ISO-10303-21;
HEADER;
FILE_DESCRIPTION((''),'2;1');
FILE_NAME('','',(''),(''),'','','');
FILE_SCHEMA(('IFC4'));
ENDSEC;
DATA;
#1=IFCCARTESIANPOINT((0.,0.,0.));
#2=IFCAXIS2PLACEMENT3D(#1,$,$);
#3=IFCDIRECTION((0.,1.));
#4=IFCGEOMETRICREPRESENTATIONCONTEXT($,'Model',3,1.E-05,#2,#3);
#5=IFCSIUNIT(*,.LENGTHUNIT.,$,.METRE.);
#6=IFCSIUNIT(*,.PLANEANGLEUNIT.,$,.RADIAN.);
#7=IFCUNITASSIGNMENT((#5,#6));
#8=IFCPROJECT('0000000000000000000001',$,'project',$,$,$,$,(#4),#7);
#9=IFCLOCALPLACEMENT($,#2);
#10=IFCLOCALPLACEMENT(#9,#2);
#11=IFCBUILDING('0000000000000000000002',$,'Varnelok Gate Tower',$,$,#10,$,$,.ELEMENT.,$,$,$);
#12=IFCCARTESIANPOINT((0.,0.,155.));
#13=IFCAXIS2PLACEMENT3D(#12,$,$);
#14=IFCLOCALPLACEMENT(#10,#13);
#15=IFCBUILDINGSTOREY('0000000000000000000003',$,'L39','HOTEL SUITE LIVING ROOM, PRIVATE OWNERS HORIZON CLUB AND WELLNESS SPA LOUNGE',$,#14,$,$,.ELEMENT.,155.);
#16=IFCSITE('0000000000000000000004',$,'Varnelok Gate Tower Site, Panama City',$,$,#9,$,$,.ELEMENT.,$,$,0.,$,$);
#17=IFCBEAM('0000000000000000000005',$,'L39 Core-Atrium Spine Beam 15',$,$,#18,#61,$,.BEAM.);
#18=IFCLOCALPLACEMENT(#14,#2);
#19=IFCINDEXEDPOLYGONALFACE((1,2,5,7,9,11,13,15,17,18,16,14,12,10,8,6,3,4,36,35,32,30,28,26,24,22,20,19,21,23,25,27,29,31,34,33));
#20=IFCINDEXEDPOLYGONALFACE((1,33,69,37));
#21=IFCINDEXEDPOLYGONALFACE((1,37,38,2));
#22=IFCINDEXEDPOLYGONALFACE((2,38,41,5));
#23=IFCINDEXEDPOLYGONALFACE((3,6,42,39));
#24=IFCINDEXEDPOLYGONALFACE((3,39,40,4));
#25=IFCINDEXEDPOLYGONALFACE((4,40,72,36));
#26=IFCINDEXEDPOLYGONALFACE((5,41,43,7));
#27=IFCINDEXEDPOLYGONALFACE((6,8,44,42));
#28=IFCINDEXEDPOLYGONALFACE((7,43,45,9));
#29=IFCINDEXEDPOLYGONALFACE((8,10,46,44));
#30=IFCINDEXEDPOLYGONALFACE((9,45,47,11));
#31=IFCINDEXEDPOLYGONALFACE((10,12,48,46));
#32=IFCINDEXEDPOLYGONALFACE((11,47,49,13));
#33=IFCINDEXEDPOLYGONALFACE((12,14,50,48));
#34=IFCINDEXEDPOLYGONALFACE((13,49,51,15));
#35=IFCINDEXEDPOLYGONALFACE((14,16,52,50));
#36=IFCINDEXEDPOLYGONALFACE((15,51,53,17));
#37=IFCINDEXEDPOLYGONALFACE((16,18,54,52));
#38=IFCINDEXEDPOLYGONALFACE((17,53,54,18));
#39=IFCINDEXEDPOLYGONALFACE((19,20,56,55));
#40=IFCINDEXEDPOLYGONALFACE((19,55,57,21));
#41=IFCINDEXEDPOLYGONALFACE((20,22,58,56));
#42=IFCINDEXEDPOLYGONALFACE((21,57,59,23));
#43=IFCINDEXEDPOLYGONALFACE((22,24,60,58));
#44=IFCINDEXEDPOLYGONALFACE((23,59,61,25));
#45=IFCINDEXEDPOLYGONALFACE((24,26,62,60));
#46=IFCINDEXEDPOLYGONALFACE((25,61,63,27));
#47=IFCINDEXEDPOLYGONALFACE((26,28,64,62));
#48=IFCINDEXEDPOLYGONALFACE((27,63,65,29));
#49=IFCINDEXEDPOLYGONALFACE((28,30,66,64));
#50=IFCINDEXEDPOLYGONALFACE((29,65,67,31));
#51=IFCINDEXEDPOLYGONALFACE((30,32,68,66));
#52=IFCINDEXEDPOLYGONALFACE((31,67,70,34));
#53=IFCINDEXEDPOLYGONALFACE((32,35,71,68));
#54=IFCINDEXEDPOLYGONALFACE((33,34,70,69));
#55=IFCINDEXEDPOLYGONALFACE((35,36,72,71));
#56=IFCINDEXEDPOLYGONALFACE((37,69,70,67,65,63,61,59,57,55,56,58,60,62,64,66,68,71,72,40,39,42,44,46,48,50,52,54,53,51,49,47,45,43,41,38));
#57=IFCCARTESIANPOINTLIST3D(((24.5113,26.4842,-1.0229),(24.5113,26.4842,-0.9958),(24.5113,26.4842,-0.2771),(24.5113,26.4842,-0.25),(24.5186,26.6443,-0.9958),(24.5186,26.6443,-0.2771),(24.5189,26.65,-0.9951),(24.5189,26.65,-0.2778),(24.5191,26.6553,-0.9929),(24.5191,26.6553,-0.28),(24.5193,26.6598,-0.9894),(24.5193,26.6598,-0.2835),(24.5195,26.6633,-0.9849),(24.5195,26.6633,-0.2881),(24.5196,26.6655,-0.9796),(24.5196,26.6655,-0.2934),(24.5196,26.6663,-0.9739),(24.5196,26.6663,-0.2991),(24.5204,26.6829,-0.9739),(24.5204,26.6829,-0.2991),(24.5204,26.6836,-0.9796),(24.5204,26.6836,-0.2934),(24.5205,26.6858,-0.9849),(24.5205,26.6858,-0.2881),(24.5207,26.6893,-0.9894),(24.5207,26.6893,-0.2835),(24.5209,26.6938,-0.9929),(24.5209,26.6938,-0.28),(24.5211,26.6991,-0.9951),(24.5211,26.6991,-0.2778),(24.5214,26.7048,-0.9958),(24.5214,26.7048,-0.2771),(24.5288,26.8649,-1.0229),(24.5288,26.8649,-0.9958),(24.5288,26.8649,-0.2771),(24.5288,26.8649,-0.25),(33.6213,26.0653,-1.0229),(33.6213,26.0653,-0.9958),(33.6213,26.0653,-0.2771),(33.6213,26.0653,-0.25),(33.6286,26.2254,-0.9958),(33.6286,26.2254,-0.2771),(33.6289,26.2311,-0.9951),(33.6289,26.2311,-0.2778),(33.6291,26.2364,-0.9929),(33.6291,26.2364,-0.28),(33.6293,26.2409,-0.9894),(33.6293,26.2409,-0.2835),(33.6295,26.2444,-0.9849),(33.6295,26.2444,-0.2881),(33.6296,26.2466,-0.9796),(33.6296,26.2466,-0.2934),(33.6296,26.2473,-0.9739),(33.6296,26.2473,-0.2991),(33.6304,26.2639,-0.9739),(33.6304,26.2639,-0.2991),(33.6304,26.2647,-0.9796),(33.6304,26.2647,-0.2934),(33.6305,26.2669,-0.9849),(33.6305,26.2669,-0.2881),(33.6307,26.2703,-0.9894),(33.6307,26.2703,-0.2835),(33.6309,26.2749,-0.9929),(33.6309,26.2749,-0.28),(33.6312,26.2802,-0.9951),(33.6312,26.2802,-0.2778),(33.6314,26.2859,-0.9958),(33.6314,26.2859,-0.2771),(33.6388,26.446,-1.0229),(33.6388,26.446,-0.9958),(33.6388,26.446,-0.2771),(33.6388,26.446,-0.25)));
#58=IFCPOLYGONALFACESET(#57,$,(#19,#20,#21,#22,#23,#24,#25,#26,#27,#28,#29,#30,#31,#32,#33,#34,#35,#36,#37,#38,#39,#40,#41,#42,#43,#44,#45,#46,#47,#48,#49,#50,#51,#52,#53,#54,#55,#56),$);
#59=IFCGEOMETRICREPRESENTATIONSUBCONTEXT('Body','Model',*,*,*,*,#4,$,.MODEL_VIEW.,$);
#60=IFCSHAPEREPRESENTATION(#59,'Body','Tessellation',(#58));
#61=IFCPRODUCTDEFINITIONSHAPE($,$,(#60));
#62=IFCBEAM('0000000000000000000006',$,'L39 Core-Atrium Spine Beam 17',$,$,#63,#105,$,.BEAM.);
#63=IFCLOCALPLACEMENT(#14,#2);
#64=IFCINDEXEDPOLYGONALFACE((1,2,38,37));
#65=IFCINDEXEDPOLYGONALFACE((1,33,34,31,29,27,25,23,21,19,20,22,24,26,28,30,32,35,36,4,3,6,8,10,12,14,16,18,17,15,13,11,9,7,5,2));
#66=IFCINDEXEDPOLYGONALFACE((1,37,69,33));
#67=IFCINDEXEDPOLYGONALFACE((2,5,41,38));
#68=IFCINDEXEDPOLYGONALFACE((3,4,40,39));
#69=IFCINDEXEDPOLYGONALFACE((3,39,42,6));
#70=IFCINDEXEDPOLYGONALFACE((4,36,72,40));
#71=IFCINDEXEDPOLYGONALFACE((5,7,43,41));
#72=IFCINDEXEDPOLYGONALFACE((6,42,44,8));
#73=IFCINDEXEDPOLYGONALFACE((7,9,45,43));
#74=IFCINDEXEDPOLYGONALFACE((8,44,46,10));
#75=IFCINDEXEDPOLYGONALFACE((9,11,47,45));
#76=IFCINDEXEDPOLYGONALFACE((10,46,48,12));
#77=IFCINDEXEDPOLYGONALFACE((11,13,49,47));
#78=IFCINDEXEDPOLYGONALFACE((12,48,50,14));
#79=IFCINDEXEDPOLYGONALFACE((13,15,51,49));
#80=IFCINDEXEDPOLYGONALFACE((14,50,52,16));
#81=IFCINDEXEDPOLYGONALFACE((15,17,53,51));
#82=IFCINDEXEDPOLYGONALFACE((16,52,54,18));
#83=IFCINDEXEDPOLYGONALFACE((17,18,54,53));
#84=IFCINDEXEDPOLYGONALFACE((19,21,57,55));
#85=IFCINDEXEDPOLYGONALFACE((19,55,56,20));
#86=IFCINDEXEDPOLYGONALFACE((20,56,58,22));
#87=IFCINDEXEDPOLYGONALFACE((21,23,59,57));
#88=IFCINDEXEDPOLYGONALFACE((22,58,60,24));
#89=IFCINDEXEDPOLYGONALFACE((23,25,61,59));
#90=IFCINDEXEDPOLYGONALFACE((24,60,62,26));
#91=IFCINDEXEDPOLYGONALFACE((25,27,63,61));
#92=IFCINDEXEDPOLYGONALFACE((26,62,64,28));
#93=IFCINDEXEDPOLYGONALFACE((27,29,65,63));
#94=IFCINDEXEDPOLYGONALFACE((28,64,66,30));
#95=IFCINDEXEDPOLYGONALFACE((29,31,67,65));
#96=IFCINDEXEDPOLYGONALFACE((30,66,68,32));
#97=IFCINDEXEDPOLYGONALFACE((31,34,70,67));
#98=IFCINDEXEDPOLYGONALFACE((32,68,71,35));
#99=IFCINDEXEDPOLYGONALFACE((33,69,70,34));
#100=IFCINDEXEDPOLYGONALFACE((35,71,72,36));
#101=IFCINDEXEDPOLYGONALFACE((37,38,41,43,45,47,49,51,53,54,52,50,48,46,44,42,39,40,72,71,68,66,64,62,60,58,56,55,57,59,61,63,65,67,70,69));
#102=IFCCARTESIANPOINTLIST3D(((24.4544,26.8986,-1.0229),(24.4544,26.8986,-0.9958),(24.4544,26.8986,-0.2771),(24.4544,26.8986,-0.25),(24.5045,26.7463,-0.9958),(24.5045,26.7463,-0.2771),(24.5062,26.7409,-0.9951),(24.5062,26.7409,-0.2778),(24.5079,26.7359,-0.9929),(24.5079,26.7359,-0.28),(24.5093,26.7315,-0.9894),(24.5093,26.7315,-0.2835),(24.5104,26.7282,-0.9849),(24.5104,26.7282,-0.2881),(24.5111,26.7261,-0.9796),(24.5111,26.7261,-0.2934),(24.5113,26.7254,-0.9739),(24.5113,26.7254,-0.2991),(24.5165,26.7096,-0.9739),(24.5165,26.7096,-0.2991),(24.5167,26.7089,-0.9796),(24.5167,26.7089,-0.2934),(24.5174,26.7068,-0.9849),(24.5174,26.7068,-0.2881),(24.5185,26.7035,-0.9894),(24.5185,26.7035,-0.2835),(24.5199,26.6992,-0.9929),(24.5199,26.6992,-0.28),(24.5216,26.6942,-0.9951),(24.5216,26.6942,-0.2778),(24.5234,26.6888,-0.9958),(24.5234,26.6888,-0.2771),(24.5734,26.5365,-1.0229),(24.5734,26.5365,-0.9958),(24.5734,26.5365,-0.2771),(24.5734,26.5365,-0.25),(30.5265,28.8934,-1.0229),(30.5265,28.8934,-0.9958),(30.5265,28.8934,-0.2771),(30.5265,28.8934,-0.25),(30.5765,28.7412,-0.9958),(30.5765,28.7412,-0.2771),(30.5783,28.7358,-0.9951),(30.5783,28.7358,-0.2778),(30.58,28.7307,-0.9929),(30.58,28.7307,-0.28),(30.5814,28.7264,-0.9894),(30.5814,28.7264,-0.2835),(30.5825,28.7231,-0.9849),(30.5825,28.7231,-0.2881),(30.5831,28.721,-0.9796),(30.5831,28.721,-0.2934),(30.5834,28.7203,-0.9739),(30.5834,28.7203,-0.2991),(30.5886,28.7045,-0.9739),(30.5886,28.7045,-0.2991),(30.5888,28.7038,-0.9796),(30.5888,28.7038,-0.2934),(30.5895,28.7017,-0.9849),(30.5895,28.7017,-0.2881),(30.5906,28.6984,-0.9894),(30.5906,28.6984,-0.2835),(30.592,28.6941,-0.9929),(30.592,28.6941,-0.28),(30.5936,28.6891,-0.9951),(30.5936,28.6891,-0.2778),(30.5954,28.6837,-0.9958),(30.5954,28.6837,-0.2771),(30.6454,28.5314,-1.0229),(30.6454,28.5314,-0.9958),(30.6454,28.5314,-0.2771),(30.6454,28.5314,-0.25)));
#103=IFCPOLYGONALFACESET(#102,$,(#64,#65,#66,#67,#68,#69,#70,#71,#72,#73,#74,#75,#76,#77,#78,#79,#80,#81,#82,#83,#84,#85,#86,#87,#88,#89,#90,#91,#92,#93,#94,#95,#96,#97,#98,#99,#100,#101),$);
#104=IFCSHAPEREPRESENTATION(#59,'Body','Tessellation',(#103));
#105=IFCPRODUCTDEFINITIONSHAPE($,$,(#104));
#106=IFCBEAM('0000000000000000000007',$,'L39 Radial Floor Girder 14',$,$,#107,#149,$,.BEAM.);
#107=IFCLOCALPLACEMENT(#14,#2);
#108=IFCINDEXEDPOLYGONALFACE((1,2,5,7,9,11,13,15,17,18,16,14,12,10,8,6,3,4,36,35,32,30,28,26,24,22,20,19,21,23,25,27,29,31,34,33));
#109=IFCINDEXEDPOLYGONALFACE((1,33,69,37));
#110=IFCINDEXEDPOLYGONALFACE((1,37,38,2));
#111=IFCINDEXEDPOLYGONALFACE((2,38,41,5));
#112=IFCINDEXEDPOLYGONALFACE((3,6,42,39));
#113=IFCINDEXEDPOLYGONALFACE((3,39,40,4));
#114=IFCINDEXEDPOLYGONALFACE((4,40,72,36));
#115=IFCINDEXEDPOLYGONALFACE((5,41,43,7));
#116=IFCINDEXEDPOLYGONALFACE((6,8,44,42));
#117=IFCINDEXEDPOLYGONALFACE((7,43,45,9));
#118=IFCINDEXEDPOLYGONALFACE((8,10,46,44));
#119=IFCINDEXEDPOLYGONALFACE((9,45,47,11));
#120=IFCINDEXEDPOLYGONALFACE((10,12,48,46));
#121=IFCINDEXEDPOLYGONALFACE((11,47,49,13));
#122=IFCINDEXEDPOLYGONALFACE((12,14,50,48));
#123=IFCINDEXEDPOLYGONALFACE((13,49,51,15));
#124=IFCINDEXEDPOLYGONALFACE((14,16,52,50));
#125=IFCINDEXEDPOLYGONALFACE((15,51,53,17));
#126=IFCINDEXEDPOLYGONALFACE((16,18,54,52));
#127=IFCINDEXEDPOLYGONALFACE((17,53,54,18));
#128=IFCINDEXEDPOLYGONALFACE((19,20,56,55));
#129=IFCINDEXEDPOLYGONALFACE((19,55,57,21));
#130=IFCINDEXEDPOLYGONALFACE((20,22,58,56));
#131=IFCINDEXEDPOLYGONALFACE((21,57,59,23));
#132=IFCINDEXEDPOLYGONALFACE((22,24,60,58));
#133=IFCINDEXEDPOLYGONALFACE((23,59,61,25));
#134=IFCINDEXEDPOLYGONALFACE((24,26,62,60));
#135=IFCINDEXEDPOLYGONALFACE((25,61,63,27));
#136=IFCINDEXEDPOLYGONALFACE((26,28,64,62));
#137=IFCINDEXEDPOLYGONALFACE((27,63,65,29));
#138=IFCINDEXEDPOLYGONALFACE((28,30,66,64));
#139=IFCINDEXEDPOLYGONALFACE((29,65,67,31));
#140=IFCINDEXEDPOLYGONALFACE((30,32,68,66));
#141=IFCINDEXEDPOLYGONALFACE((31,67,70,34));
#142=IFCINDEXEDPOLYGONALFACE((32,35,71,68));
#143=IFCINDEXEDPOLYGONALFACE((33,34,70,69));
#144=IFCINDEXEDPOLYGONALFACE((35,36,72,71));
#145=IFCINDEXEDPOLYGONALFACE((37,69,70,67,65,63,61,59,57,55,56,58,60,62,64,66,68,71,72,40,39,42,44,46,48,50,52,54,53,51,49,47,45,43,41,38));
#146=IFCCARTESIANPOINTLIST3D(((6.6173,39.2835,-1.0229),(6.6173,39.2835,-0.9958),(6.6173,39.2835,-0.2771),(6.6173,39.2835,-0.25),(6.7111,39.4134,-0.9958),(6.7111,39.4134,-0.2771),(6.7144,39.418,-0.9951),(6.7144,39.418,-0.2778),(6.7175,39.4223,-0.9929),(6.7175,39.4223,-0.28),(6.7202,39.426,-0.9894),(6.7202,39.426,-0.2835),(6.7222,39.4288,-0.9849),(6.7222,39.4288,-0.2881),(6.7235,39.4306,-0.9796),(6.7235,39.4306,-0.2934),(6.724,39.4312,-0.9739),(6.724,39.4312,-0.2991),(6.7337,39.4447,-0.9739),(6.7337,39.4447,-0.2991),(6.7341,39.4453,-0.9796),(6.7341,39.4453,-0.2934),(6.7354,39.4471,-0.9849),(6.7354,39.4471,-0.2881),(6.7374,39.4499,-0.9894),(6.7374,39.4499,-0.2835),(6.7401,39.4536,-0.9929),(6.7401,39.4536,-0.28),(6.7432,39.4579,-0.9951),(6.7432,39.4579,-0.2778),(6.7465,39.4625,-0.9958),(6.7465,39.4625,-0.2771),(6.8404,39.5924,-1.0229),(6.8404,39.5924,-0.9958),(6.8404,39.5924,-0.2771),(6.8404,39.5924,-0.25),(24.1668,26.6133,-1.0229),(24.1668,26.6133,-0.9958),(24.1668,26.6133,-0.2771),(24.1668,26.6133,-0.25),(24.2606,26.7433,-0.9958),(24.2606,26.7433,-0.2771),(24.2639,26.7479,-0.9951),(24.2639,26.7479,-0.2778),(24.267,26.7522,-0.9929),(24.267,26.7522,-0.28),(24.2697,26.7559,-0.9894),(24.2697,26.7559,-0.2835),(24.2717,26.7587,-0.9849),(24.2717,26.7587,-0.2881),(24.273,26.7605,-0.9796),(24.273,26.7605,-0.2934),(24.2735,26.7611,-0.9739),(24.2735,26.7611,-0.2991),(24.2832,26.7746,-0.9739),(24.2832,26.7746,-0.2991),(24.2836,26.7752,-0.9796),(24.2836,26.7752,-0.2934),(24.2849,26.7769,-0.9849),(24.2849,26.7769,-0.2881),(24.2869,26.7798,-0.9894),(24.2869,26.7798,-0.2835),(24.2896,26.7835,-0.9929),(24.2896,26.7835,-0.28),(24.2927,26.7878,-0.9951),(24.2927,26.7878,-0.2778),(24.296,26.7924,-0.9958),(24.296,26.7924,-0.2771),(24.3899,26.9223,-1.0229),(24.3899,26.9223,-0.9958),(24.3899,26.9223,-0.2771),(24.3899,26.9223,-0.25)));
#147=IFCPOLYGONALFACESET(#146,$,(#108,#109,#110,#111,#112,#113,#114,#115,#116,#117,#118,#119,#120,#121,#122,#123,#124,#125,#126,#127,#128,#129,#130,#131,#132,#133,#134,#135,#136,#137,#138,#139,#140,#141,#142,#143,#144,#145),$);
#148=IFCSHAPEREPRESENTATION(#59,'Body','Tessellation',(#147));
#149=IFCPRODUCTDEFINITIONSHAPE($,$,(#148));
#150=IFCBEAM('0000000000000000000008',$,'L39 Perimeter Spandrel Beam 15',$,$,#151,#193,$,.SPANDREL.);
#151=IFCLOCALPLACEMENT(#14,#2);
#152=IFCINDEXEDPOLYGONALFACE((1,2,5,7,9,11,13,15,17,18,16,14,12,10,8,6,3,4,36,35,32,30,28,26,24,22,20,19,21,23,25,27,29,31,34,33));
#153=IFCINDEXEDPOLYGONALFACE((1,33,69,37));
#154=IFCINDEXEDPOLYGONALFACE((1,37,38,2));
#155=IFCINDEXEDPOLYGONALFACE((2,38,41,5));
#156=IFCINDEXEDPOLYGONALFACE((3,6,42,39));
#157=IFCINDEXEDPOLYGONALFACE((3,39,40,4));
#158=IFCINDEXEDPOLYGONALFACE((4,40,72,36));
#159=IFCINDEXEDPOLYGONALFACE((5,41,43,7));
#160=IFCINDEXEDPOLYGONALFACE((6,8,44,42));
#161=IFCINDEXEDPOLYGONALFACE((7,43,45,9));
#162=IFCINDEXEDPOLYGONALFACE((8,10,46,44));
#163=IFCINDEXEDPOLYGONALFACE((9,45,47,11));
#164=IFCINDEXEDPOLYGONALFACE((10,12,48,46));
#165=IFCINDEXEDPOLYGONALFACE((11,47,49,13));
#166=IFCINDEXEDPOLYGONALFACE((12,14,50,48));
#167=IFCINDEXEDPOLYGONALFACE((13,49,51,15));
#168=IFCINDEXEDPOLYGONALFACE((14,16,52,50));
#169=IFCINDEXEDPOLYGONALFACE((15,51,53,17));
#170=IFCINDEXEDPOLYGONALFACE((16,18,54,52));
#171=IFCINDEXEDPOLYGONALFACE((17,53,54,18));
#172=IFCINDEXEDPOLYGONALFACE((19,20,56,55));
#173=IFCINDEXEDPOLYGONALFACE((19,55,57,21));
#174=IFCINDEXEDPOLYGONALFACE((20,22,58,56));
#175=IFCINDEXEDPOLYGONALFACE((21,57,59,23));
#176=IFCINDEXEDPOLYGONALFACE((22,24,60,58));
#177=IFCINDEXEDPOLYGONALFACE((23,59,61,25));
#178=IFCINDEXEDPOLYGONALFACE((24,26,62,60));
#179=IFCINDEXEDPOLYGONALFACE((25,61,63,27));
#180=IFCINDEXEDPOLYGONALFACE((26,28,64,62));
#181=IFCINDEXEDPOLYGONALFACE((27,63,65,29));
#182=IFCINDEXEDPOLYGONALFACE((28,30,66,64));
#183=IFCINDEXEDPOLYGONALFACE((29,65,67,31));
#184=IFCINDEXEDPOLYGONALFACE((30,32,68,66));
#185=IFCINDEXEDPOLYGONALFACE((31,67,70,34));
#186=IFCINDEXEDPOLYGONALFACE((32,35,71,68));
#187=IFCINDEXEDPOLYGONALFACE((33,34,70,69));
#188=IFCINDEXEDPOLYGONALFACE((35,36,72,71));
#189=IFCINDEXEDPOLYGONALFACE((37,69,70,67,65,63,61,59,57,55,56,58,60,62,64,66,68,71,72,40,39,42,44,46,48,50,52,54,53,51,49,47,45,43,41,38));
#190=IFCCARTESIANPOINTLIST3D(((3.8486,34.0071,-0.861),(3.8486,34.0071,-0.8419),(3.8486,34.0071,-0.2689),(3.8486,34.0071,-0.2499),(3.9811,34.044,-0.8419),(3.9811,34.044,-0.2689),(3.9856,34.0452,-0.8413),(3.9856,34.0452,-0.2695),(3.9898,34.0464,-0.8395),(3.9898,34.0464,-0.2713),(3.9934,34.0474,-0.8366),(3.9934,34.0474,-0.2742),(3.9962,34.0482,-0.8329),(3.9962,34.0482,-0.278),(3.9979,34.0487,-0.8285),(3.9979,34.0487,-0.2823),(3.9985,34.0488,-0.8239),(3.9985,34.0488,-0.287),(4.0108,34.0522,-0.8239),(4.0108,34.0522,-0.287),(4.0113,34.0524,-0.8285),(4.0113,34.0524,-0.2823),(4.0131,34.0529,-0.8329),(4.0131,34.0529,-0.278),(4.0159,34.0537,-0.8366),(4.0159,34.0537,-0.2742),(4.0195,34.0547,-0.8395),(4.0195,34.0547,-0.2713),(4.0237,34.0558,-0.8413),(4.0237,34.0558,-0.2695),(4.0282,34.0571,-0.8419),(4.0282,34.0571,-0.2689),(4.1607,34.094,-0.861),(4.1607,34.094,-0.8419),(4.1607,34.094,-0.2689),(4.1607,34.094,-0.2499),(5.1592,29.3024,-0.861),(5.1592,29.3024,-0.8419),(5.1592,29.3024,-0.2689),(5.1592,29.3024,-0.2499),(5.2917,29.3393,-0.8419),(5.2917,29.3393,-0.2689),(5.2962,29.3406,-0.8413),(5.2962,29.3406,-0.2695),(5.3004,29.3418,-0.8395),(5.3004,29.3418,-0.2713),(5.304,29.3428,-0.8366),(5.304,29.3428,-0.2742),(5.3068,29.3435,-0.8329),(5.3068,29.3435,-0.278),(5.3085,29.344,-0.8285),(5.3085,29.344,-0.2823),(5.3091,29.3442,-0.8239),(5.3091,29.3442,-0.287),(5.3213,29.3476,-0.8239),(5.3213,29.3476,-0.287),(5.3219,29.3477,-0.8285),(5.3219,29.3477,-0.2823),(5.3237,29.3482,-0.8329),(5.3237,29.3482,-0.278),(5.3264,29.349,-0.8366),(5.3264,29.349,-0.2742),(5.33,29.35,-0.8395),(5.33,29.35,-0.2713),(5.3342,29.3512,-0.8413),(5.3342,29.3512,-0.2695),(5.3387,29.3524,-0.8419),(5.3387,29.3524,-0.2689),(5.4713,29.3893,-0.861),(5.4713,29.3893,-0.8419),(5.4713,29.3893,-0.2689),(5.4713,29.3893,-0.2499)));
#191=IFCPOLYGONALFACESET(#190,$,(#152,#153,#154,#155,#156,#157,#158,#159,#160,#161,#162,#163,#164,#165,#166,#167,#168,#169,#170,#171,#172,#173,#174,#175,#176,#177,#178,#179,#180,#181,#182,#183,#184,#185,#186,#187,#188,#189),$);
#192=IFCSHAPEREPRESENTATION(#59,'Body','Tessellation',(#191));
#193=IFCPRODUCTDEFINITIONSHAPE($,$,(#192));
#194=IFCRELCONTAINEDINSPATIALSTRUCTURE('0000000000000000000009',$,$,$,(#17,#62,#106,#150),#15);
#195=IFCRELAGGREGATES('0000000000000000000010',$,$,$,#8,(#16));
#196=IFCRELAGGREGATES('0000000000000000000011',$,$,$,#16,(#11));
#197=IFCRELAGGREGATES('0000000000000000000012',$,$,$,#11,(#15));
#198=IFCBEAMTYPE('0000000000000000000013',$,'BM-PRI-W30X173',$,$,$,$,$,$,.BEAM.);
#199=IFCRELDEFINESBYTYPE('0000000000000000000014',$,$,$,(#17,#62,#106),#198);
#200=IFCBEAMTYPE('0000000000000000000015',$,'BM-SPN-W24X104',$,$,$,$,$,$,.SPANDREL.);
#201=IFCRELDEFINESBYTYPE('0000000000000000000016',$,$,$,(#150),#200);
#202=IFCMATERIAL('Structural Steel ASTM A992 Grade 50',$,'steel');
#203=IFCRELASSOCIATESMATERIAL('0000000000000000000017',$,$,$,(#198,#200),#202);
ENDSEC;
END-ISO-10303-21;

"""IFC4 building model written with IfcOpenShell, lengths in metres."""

from ifc_helpers import new_model, si_unit, direction, frame, origin, origin_2d, place, context, subcontext, project, spatial, i_section, extrude, material, material_profile, profile_set, type_object, element, save


model = new_model("IFC4")

# Units and contexts
model_context = context("Model", 3, precision=1e-05, world=origin(), true_north=direction((0.0, 1.0)))
body_context = subcontext(model_context, "Body", "Model", "MODEL_VIEW")
ifc_project = project(units=[si_unit("LENGTHUNIT", "METRE"), si_unit("PLANEANGLEUNIT", "RADIAN")], contexts=[model_context])

# Site, building, storey
site_placement = place(None, origin())
site = spatial("IfcSite", under=ifc_project, at=site_placement, Name="Varnelok Gate Tower Site, Panama City", CompositionType="ELEMENT", RefElevation=0.0)
building_placement = place(site_placement, origin())
building = spatial("IfcBuilding", under=site, at=building_placement, Name="Varnelok Gate Tower", CompositionType="ELEMENT")
storey_placement = place(building_placement, frame((0.0, 0.0, 155.0)))
storey = spatial("IfcBuildingStorey", under=building, at=storey_placement, Name="L39", Description="HOTEL SUITE LIVING ROOM, PRIVATE OWNERS HORIZON CLUB AND WELLNESS SPA LOUNGE", CompositionType="ELEMENT", Elevation=155.0)

# Shared definitions
ifc_material_1 = material(Name="Structural Steel ASTM A992 Grade 50", Category="steel")

# Beams
ifc_material_profile_1 = material_profile(ifc_material_1, i_section(OverallWidth=0.3811, OverallDepth=0.7729, WebThickness=0.0166, FlangeThickness=0.0271, FilletRadius=0.022, at=origin_2d()), Name="W30X173")
ifc_profile_set_1 = profile_set([ifc_material_profile_1], Name="Structural Steel ASTM A992 Grade 50")
beam_type_1 = type_object("IfcBeamType", Name="BM-PRI-W30X173", PredefinedType="BEAM", material=ifc_profile_set_1)
beam_1_placement = place(storey_placement, frame((24.52, 26.6746, -0.6365), z_axis=(0.998944, -0.045938, 0.0), x_axis=(0.045938, 0.998944, 0.0)))
element("IfcBeam", 1, at=beam_1_placement, inside=storey, type_object=beam_type_1, Name="L39 Core-Atrium Spine Beam 15", PredefinedType="BEAM", context=body_context, shape_type="SweptSolid", body=[
    extrude(i_section(OverallWidth=0.3811, OverallDepth=0.7729, WebThickness=0.0166, FlangeThickness=0.0271, FilletRadius=0.022, at=origin_2d()), origin(), (0.0, 0.0, 1.0), 9.1196),
])
beam_2_placement = place(storey_placement, frame((24.5139, 26.7175, -0.6365), z_axis=(0.950042, 0.312122, 0.0), x_axis=(-0.312122, 0.950042, 0.0)))
element("IfcBeam", 2, at=beam_2_placement, inside=storey, type_object=beam_type_1, Name="L39 Core-Atrium Spine Beam 17", PredefinedType="BEAM", context=body_context, shape_type="SweptSolid", body=[
    extrude(i_section(OverallWidth=0.3811, OverallDepth=0.7729, WebThickness=0.0166, FlangeThickness=0.0271, FilletRadius=0.022, at=origin_2d()), origin(), (0.0, 0.0, 1.0), 6.3914),
])
beam_3_placement = place(storey_placement, frame((24.2783, 26.7678, -0.6365), z_axis=(-0.810778, 0.585353, 0.0), x_axis=(-0.585353, -0.810778, 0.0)))
element("IfcBeam", 3, at=beam_3_placement, inside=storey, type_object=beam_type_1, Name="L39 Radial Floor Girder 14", PredefinedType="BEAM", context=body_context, shape_type="SweptSolid", body=[
    extrude(i_section(OverallWidth=0.3811, OverallDepth=0.7729, WebThickness=0.0166, FlangeThickness=0.0271, FilletRadius=0.022, at=origin_2d()), origin(), (0.0, 0.0, 1.0), 21.6453),
])
ifc_material_profile_2 = material_profile(ifc_material_1, i_section(OverallWidth=0.324, OverallDepth=0.6111, WebThickness=0.0127, FlangeThickness=0.019, FilletRadius=0.0181, at=origin_2d()), Name="W24X104")
ifc_profile_set_2 = profile_set([ifc_material_profile_2], Name="Structural Steel ASTM A992 Grade 50")
beam_type_2 = type_object("IfcBeamType", Name="BM-SPN-W24X104", PredefinedType="SPANDREL", material=ifc_profile_set_2)
beam_4_placement = place(storey_placement, frame((4.0046, 34.0505, -0.5554), z_axis=(0.26835, -0.963321, 0.0), x_axis=(0.963321, 0.26835, 0.0)))
element("IfcBeam", 4, at=beam_4_placement, inside=storey, type_object=beam_type_2, Name="L39 Perimeter Spandrel Beam 15", PredefinedType="SPANDREL", context=body_context, shape_type="SweptSolid", body=[
    extrude(i_section(OverallWidth=0.324, OverallDepth=0.6111, WebThickness=0.0127, FlangeThickness=0.019, FilletRadius=0.0181, at=origin_2d()), origin(), (0.0, 0.0, 1.0), 4.8838),
])

save(model, "model.ifc")
